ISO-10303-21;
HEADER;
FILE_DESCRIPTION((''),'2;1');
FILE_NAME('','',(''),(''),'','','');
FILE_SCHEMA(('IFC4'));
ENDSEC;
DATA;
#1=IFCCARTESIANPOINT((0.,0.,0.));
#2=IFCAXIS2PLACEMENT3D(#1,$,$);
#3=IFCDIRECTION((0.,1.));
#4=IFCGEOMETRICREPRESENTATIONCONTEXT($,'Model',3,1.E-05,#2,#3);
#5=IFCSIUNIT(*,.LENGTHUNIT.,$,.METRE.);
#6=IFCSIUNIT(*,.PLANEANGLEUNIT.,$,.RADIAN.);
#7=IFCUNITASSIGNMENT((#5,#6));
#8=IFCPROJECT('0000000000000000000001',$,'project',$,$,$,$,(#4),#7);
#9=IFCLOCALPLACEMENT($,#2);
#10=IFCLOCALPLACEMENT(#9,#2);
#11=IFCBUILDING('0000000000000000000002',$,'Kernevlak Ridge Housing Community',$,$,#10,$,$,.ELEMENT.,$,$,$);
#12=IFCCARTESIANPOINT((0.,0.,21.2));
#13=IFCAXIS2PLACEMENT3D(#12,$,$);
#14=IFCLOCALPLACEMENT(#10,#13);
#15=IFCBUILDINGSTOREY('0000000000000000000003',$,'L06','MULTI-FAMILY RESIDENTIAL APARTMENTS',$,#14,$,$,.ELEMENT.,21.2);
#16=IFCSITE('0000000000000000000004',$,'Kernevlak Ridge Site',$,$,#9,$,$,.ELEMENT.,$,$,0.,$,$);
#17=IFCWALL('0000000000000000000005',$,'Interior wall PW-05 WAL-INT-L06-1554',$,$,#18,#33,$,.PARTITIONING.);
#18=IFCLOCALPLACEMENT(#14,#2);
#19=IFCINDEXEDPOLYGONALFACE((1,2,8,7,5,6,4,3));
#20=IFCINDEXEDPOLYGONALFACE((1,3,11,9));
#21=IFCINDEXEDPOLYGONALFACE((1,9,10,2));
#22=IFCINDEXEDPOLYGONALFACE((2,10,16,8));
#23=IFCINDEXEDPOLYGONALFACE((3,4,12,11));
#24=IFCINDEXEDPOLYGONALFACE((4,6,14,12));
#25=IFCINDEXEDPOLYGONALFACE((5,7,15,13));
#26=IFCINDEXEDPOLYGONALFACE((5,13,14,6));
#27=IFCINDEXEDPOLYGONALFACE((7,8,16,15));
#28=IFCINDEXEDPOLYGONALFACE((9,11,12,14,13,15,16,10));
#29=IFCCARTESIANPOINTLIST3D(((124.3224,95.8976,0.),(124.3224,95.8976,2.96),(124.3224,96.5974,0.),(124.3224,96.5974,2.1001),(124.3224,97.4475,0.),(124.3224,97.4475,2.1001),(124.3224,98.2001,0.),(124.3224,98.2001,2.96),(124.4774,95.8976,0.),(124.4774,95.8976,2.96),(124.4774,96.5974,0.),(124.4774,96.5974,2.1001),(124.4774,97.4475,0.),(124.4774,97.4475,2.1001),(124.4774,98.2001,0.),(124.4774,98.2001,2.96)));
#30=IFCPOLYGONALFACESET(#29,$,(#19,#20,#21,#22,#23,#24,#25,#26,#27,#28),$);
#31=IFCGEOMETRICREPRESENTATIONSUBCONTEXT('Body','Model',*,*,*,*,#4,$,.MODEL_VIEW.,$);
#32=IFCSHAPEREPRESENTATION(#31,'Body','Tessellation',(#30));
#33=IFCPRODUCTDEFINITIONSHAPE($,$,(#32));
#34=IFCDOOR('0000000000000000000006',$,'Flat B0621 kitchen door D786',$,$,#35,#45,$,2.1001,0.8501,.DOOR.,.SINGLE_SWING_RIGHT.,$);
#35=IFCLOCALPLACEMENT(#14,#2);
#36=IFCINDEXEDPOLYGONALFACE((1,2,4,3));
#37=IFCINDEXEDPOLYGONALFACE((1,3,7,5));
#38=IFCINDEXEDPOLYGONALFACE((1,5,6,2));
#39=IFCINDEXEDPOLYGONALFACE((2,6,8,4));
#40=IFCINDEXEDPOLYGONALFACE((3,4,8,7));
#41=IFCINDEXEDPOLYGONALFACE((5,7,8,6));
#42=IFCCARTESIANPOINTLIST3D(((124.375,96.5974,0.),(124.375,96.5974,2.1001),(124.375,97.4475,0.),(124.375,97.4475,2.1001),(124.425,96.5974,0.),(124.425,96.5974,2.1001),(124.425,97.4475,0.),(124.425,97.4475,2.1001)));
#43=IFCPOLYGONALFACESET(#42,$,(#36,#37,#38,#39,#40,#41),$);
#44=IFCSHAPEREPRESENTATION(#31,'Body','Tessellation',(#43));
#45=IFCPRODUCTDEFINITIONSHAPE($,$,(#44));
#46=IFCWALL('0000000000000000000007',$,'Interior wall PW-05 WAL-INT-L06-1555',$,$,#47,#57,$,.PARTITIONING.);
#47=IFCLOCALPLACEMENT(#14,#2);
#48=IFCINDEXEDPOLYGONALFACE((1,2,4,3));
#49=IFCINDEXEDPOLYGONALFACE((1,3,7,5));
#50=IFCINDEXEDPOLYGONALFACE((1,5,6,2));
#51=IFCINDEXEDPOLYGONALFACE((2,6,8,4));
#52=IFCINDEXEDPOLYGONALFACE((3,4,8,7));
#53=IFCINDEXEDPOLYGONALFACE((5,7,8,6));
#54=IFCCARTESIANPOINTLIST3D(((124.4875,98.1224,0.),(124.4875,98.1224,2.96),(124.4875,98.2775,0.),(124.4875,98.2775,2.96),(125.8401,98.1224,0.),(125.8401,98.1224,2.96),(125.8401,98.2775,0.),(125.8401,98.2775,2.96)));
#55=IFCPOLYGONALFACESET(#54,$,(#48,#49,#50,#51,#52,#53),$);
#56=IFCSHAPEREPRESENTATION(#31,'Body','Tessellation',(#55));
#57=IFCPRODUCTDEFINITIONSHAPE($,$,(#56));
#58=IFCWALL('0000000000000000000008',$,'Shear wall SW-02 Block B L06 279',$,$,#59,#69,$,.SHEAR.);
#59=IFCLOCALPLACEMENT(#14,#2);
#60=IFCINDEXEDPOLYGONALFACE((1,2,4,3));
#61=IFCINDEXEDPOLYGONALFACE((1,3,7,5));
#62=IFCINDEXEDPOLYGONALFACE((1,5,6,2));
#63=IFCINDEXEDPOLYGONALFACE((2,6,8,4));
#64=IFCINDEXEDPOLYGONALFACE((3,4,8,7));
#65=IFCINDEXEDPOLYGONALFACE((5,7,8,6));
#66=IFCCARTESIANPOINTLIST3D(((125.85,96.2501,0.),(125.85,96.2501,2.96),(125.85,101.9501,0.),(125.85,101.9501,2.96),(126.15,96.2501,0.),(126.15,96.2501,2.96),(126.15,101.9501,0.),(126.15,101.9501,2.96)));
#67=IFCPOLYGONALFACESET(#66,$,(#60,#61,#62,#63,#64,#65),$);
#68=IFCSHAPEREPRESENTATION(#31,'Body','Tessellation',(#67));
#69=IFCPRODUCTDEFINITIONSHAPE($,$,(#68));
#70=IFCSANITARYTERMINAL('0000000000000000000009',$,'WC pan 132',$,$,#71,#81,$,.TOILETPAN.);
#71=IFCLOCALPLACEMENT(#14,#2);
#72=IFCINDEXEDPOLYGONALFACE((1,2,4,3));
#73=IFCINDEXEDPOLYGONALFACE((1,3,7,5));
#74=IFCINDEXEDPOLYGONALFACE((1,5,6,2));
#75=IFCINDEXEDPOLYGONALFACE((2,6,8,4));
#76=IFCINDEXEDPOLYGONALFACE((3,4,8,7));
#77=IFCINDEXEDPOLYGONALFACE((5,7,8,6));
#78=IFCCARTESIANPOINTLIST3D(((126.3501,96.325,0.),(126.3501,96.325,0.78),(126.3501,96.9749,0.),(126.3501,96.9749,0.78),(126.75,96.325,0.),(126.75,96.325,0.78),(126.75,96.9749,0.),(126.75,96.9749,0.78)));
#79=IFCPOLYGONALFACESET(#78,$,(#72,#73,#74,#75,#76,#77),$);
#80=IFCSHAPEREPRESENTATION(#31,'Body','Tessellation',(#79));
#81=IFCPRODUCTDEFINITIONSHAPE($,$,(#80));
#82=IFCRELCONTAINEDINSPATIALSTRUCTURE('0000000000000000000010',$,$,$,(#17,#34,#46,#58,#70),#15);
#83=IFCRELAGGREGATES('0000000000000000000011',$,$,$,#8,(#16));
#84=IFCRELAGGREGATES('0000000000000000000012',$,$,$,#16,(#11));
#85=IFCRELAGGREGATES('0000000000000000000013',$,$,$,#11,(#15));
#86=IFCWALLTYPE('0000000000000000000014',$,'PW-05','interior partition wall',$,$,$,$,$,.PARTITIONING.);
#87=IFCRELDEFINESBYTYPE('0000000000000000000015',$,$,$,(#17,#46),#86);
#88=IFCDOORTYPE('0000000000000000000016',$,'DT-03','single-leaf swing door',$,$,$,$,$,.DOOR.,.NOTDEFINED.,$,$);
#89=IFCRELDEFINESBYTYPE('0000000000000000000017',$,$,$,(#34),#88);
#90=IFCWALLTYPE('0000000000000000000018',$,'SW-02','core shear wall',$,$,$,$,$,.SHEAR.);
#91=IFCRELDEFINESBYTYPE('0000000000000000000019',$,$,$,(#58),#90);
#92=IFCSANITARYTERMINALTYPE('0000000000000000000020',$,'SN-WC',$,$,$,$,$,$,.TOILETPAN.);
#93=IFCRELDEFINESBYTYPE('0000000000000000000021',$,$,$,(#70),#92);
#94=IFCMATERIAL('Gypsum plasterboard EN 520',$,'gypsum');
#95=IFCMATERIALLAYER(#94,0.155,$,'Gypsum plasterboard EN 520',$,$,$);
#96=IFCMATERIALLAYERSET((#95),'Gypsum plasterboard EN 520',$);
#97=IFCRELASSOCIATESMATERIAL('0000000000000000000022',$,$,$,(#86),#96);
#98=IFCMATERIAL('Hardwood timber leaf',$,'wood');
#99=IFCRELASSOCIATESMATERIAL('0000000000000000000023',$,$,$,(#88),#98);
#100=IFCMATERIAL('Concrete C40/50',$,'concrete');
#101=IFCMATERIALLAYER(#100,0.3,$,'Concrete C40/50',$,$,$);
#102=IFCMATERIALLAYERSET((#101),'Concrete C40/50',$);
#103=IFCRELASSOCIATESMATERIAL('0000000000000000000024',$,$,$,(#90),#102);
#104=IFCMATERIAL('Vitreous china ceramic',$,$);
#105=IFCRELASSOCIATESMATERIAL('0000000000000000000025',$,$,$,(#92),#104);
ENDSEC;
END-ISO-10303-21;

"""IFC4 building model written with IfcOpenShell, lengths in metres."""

from ifc_helpers import new_model, si_unit, direction, frame, frame_2d, origin, origin_2d, place, context, subcontext, project, spatial, rectangle, extrude, material, layer, layer_set, type_object, element, fill, save


model = new_model("IFC4")

# Units and contexts
model_context = context("Model", 3, precision=1e-05, world=origin(), true_north=direction((0.0, 1.0)))
body_context = subcontext(model_context, "Body", "Model", "MODEL_VIEW")
ifc_project = project(units=[si_unit("LENGTHUNIT", "METRE"), si_unit("PLANEANGLEUNIT", "RADIAN")], contexts=[model_context])

# Site, building, storey
site_placement = place(None, origin())
site = spatial("IfcSite", under=ifc_project, at=site_placement, Name="Kernevlak Ridge Site", CompositionType="ELEMENT", RefElevation=0.0)
building_placement = place(site_placement, origin())
building = spatial("IfcBuilding", under=site, at=building_placement, Name="Kernevlak Ridge Housing Community", CompositionType="ELEMENT")
storey_placement = place(building_placement, frame((0.0, 0.0, 21.2)))
storey = spatial("IfcBuildingStorey", under=building, at=storey_placement, Name="L06", Description="MULTI-FAMILY RESIDENTIAL APARTMENTS", CompositionType="ELEMENT", Elevation=21.2)

# Shared definitions
ifc_material_1 = material(Name="Concrete C40/50", Category="concrete")

# Shared definitions
ifc_material_2 = material(Name="Gypsum plasterboard EN 520", Category="gypsum")

# Wall, opening, door
ifc_layer_1 = layer(ifc_material_2, 0.155, Name="Gypsum plasterboard EN 520")
ifc_layer_set_1 = layer_set([ifc_layer_1], Name="Gypsum plasterboard EN 520")
wall_type_1 = type_object("IfcWallType", Name="PW-05", Description="interior partition wall", PredefinedType="PARTITIONING", material=ifc_layer_set_1)
wall_1_placement = place(storey_placement, frame((124.3999, 95.8975, 0.0), z_axis=(0.0, 0.0, 1.0), x_axis=(0.0, 1.0, 0.0)))
wall_1 = element("IfcWall", 1, at=wall_1_placement, inside=storey, type_object=wall_type_1, Name="Interior wall PW-05 WAL-INT-L06-1554", PredefinedType="PARTITIONING", context=body_context, shape_type="SweptSolid", body=[
    extrude(rectangle(XDim=2.3025, YDim=0.155, at=frame_2d((1.1514, 0.0))), origin(), (0.0, 0.0, 1.0), 2.96),
])
opening_1_placement = place(wall_1_placement, frame((0.7, 0.0, 0.0)))
opening_1 = element("IfcOpeningElement", 2, at=opening_1_placement, cuts=wall_1, PredefinedType="OPENING", context=body_context, shape_type="SweptSolid", body=[
    extrude(rectangle(XDim=0.8501, YDim=2.1001, at=frame_2d((0.425, 1.05))), frame((0.0, 0.0874, 0.0), z_axis=(0.0, -1.0, 0.0), x_axis=(1.0, 0.0, 0.0)), (0.0, 0.0, 1.0), 0.175),
])
ifc_material_3 = material(Name="Hardwood timber leaf", Category="wood")
door_type_1 = type_object("IfcDoorType", Name="DT-03", Description="single-leaf swing door", OperationType="NOTDEFINED", PredefinedType="DOOR", material=ifc_material_3)
door_1_placement = place(opening_1_placement, origin())
door_1 = element("IfcDoor", 3, at=door_1_placement, inside=storey, type_object=door_type_1, Name="Flat B0621 kitchen door D786", OperationType="SINGLE_SWING_RIGHT", OverallHeight=2.1001, OverallWidth=0.8501, PredefinedType="DOOR", context=body_context, shape_type="SweptSolid", body=[
    extrude(rectangle(XDim=0.8501, YDim=2.1001, at=frame_2d((0.425, 1.05))), frame((0.0, 0.0249, 0.0), z_axis=(0.0, -1.0, 0.0), x_axis=(1.0, 0.0, 0.0)), (0.0, 0.0, 1.0), 0.05),
])
fill(opening_1, door_1)

# Walls
wall_2_placement = place(storey_placement, frame((124.4875, 98.2, 0.0), z_axis=(0.0, 0.0, 1.0), x_axis=(1.0, 0.0, 0.0)))
element("IfcWall", 4, at=wall_2_placement, inside=storey, type_object=wall_type_1, Name="Interior wall PW-05 WAL-INT-L06-1555", PredefinedType="PARTITIONING", context=body_context, shape_type="SweptSolid", body=[
    extrude(rectangle(XDim=1.3525, YDim=0.155, at=frame_2d((0.6763, 0.0))), origin(), (0.0, 0.0, 1.0), 2.96),
])
ifc_layer_2 = layer(ifc_material_1, 0.3, Name="Concrete C40/50")
ifc_layer_set_2 = layer_set([ifc_layer_2], Name="Concrete C40/50")
wall_type_2 = type_object("IfcWallType", Name="SW-02", Description="core shear wall", PredefinedType="SHEAR", material=ifc_layer_set_2)
wall_3_placement = place(storey_placement, frame((126.0, 96.25, 0.0), z_axis=(0.0, 0.0, 1.0), x_axis=(0.0, 1.0, 0.0)))
element("IfcWall", 5, at=wall_3_placement, inside=storey, type_object=wall_type_2, Name="Shear wall SW-02 Block B L06 279", PredefinedType="SHEAR", context=body_context, shape_type="SweptSolid", body=[
    extrude(rectangle(XDim=5.7, YDim=0.3, at=frame_2d((2.8501, 0.0))), origin(), (0.0, 0.0, 1.0), 2.96),
])

# Sanitary terminal
ifc_material_4 = material(Name="Vitreous china ceramic")
sanitary_terminal_type = type_object("IfcSanitaryTerminalType", Name="SN-WC", PredefinedType="TOILETPAN", material=ifc_material_4)
sanitary_terminal_placement = place(storey_placement, frame((126.55, 96.6499, 0.0), z_axis=(0.0, 0.0, 1.0), x_axis=(1.0, 0.0, 0.0)))
element("IfcSanitaryTerminal", 6, at=sanitary_terminal_placement, inside=storey, type_object=sanitary_terminal_type, Name="WC pan 132", PredefinedType="TOILETPAN", context=body_context, shape_type="SweptSolid", body=[
    extrude(rectangle(XDim=0.3999, YDim=0.6499, at=origin_2d()), origin(), (0.0, 0.0, 1.0), 0.78),
])

save(model, "model.ifc")
